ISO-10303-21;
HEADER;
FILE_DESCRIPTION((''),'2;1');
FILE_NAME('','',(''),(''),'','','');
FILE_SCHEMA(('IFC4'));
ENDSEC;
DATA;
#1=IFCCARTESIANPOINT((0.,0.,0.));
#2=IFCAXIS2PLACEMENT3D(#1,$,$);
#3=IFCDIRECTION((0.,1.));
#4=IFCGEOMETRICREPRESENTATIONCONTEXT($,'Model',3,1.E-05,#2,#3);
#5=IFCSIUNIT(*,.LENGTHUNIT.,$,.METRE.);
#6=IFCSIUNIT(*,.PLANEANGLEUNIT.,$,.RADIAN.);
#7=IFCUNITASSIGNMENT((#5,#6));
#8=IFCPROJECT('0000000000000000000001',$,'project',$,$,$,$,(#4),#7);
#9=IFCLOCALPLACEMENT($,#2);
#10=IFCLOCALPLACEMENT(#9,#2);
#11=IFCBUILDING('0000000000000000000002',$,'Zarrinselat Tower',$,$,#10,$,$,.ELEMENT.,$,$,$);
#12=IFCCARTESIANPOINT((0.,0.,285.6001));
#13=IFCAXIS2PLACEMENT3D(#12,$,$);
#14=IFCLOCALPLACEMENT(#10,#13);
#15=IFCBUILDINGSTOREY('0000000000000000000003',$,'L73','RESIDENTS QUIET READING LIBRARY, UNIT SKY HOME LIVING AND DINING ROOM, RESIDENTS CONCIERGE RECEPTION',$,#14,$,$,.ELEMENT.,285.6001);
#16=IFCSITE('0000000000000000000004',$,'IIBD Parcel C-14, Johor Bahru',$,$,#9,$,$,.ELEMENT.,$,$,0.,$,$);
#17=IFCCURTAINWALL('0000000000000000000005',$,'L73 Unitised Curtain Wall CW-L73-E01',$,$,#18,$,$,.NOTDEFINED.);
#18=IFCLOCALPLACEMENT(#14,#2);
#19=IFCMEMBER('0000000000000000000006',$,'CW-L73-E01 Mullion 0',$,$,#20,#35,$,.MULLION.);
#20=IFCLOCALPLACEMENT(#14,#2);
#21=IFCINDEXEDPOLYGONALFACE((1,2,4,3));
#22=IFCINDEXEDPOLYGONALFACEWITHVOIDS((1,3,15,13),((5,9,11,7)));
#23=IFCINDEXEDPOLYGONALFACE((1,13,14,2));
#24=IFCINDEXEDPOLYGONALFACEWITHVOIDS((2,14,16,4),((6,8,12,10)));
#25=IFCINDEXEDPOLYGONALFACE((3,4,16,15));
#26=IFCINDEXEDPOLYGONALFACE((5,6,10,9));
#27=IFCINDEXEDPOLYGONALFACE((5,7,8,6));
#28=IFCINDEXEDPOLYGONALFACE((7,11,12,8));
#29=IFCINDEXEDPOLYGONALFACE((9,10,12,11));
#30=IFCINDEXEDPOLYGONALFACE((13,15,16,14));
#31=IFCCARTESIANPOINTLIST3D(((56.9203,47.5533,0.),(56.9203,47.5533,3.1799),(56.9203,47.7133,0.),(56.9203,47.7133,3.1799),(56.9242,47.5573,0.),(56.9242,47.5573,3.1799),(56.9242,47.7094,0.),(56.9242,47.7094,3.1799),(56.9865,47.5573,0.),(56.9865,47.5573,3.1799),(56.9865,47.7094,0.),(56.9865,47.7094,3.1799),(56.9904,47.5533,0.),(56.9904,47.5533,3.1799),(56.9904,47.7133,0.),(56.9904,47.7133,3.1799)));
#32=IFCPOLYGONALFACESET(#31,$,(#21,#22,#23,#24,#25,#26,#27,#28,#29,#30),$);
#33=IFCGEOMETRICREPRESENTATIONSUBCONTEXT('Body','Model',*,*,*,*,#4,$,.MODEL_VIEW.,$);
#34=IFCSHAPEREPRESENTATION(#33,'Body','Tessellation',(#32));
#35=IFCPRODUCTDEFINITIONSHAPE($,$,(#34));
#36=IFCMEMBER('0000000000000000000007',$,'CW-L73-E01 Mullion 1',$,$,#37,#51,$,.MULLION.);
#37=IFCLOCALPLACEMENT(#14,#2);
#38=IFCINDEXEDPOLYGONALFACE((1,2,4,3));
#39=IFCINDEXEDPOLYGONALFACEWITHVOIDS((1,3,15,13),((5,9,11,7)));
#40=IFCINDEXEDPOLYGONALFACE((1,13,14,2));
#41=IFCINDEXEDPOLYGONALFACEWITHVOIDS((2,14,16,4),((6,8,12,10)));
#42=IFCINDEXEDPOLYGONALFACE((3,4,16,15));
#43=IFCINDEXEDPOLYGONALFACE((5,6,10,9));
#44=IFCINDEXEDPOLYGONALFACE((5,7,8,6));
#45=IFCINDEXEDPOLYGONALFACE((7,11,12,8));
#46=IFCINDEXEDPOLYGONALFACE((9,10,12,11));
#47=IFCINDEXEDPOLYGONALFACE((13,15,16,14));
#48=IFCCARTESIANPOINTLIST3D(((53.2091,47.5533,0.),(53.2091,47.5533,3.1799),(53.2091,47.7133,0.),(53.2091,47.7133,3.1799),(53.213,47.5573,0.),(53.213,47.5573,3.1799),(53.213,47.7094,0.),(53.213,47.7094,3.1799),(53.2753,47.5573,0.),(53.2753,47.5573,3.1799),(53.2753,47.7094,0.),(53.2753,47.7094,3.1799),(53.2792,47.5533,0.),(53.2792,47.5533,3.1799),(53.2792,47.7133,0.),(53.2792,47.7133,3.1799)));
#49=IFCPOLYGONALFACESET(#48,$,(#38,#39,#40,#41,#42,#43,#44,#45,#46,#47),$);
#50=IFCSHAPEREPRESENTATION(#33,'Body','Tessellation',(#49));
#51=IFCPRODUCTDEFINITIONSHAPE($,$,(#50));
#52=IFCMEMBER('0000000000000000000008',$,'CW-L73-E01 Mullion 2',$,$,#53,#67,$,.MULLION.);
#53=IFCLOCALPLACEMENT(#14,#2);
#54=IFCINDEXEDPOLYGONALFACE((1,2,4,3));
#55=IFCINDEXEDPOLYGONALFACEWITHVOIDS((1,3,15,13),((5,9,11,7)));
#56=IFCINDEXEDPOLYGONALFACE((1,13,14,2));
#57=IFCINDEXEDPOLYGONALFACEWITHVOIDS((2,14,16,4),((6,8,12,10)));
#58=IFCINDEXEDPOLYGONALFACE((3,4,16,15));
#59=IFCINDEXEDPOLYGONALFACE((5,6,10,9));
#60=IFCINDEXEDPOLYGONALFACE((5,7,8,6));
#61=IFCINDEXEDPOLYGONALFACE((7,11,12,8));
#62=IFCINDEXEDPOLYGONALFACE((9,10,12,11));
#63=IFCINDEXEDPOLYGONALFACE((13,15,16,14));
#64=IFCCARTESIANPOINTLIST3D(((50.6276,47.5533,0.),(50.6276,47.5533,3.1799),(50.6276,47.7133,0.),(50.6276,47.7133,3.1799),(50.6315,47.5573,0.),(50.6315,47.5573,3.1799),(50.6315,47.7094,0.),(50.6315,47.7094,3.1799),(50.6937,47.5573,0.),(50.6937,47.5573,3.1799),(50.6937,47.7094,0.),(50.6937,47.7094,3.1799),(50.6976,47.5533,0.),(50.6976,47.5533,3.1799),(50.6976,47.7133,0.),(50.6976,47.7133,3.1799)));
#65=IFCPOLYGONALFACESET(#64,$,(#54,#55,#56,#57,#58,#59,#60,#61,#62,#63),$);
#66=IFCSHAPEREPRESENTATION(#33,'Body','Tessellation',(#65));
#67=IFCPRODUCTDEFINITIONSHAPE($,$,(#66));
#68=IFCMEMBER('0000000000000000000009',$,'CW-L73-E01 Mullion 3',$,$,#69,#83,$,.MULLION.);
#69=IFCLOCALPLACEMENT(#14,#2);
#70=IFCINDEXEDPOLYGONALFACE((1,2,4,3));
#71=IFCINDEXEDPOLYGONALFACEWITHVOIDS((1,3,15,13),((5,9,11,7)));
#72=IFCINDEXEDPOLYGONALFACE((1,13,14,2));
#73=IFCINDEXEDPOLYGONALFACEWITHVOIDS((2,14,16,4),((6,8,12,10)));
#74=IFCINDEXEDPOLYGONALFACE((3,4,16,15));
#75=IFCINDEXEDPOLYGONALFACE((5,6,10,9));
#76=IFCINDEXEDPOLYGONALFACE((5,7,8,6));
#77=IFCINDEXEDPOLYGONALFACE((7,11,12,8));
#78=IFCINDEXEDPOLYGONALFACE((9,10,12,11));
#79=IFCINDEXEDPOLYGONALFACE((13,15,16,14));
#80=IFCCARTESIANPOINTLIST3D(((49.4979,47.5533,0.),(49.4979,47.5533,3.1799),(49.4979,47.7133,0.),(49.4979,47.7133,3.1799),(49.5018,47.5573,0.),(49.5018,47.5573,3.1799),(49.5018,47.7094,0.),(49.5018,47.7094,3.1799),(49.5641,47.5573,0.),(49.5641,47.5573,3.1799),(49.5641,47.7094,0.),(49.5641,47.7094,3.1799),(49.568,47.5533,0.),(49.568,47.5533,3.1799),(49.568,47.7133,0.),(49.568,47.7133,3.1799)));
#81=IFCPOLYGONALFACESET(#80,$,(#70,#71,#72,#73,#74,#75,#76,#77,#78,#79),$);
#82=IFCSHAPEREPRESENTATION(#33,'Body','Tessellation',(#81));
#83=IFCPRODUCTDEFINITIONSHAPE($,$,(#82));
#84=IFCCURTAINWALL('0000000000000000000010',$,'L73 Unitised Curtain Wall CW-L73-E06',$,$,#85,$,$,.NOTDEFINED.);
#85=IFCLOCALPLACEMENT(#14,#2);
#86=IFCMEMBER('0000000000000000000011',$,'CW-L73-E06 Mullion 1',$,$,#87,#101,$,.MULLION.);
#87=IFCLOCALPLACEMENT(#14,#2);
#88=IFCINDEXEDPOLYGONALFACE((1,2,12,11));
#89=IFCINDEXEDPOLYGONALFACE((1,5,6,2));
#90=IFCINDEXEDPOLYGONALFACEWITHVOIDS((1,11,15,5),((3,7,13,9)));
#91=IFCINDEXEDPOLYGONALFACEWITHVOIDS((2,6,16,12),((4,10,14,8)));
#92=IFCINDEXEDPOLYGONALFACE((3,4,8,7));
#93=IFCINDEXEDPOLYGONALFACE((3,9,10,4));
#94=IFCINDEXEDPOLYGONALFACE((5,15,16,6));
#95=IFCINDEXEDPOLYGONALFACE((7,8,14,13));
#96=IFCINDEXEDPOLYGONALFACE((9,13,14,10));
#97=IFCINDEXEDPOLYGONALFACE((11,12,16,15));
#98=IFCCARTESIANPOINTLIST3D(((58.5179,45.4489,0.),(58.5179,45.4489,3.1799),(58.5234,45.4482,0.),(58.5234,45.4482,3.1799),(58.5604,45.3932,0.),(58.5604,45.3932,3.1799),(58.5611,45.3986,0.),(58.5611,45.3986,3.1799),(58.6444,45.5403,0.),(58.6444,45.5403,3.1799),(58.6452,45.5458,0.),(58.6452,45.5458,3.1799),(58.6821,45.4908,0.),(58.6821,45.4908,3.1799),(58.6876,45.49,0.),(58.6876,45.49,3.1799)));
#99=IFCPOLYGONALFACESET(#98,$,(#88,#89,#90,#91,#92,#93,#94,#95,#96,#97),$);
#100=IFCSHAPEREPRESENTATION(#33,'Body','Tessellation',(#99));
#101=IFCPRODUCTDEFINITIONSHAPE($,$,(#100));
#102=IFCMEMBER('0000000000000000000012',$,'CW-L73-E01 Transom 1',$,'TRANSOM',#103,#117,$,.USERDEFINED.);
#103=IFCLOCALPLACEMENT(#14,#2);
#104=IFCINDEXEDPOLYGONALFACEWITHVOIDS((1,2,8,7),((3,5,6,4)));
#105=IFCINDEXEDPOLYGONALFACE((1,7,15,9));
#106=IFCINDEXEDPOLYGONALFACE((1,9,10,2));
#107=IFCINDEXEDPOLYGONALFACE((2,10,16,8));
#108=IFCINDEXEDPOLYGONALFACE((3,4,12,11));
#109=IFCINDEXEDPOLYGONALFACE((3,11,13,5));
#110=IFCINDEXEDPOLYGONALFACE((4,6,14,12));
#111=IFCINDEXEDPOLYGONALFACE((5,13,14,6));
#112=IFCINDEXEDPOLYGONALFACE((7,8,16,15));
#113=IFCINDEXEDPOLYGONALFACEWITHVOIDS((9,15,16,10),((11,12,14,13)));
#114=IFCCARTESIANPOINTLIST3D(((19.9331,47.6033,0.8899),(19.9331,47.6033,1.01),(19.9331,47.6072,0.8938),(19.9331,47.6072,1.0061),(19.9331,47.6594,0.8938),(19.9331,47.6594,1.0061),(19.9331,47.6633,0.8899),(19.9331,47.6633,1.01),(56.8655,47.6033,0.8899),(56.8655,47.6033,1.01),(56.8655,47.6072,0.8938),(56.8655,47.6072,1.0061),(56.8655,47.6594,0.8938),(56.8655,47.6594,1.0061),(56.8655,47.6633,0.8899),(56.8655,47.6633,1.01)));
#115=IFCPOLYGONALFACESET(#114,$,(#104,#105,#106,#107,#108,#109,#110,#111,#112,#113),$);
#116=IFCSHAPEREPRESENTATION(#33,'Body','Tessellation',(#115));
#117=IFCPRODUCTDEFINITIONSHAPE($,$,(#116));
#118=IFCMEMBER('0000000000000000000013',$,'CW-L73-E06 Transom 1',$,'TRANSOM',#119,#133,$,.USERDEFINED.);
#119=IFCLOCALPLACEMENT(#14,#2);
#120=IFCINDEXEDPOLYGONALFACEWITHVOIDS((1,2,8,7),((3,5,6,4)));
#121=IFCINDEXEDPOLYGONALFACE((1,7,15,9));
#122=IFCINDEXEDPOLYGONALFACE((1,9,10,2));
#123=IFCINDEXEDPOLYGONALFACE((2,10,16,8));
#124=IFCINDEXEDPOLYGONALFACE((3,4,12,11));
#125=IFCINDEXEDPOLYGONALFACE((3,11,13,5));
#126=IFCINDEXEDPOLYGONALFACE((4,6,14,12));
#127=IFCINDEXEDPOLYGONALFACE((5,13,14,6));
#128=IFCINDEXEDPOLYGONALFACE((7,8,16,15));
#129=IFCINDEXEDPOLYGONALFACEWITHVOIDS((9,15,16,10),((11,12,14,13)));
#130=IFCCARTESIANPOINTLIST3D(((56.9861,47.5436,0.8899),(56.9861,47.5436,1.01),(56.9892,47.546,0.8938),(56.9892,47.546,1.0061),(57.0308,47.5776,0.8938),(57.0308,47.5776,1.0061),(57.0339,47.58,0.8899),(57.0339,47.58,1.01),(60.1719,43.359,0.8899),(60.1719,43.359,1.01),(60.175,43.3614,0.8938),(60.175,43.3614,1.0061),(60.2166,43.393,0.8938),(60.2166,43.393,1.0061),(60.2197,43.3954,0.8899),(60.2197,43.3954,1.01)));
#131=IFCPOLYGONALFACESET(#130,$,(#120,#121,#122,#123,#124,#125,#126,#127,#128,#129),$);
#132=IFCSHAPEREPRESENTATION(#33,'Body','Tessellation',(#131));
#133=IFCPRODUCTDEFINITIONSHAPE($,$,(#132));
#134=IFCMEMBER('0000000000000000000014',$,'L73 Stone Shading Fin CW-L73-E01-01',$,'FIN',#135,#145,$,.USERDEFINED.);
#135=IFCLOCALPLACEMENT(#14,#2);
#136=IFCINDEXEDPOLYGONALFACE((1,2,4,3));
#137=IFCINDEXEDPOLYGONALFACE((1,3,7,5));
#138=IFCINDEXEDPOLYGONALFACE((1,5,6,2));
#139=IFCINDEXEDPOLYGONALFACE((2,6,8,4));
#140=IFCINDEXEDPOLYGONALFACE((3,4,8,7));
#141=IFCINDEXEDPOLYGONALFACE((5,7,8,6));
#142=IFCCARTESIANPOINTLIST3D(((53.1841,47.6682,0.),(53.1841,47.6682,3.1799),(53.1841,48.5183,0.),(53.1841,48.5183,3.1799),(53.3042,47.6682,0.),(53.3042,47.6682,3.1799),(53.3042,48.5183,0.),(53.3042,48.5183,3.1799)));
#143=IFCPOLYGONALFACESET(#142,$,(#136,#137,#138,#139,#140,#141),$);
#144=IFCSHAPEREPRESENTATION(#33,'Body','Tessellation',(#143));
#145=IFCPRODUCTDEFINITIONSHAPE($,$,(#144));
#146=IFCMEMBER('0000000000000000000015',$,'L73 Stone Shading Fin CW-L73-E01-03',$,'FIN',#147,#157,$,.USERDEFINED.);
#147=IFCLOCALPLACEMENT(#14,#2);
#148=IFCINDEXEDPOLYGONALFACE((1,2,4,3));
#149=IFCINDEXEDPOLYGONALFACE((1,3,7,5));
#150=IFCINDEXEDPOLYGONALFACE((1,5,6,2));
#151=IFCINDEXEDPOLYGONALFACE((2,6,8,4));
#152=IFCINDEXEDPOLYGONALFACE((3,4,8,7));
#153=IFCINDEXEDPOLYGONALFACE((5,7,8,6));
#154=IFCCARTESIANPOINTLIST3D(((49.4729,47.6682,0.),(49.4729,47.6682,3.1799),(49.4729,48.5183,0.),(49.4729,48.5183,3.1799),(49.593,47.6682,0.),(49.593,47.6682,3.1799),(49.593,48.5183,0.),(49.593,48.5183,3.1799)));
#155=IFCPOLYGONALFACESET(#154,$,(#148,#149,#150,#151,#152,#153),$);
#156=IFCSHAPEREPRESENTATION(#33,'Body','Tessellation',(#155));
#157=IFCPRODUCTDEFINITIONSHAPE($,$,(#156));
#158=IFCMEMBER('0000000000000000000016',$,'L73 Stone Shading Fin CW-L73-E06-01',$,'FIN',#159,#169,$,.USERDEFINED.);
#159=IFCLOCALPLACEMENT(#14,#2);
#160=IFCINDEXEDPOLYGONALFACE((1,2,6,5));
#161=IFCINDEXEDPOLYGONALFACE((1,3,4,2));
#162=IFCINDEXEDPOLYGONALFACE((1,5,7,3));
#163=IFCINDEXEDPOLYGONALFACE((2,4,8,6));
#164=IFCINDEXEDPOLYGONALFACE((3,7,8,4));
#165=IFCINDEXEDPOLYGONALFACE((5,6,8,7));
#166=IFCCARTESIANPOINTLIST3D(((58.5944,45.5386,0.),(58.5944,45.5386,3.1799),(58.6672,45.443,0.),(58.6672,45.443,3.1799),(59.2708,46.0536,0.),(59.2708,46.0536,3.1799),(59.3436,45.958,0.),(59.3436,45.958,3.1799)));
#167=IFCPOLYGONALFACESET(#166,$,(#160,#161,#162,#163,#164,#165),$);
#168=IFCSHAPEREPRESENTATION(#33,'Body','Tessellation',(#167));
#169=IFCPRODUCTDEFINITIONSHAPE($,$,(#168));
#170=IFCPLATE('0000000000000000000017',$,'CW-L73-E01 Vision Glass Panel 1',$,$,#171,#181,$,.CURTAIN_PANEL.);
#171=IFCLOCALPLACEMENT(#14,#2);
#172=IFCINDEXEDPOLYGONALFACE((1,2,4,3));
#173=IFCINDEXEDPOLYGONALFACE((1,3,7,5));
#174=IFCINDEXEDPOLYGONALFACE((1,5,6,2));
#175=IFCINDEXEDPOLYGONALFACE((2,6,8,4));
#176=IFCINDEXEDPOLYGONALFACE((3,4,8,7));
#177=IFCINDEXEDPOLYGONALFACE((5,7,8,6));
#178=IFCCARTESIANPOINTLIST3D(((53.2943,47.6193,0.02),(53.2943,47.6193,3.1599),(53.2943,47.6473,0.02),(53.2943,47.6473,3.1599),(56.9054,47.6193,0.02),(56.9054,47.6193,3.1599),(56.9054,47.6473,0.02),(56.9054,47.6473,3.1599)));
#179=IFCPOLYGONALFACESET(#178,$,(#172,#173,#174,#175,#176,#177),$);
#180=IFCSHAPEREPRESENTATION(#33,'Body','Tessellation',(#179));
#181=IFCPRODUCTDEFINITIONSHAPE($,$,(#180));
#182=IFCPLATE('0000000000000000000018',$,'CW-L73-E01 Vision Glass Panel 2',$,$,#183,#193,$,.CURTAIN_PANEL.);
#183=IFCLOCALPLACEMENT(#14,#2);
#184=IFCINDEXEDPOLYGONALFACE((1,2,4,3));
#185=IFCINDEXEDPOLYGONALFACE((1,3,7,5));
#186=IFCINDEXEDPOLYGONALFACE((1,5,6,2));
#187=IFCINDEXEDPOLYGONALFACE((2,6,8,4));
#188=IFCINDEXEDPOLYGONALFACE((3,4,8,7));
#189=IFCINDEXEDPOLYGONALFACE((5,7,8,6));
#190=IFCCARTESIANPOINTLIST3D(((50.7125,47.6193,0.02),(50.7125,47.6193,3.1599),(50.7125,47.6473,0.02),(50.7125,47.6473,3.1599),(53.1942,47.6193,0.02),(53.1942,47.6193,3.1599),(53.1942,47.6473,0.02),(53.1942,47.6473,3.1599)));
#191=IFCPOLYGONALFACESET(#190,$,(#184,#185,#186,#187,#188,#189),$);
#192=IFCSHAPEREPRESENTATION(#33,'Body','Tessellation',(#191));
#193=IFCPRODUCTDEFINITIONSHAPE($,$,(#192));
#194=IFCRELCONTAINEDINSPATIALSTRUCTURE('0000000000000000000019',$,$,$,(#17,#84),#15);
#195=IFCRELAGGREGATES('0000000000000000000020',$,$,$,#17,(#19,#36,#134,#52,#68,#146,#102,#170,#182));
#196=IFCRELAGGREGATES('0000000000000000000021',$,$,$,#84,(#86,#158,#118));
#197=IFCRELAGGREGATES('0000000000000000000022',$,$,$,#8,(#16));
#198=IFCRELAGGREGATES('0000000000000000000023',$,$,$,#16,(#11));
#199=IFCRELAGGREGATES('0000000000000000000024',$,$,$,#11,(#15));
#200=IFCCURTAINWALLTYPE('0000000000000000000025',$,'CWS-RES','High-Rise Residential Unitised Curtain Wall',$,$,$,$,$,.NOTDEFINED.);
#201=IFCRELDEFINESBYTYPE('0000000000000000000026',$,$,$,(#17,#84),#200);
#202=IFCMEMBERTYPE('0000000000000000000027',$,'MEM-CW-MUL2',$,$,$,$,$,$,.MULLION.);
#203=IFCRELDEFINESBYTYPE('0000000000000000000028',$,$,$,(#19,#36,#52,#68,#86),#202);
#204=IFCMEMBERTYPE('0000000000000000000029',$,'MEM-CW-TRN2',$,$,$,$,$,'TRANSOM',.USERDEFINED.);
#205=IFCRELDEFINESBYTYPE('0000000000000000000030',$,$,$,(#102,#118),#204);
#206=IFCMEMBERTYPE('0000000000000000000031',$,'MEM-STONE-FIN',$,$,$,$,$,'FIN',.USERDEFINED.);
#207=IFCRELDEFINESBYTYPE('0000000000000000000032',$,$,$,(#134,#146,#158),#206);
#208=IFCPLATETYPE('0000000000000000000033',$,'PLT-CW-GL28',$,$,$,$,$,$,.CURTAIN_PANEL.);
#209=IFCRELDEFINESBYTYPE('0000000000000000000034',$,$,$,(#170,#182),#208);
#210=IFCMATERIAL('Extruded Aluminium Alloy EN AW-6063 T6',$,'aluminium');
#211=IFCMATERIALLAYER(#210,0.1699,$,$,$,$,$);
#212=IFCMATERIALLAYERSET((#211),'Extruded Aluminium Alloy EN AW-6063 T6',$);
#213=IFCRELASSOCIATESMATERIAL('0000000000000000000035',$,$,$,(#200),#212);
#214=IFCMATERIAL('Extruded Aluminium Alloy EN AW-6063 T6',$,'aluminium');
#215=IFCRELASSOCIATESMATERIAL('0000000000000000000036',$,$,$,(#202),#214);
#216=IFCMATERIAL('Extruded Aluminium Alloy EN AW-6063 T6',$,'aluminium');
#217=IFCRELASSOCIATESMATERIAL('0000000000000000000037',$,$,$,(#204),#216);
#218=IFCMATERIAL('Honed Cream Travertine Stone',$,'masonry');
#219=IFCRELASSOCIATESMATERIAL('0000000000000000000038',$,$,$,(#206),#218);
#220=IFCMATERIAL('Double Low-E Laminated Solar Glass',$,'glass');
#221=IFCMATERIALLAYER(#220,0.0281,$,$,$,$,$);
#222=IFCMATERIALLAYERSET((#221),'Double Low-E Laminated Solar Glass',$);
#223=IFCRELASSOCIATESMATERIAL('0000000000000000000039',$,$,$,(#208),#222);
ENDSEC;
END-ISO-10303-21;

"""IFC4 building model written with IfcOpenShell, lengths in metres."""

from ifc_helpers import new_model, si_unit, direction, frame, origin, origin_2d, place, context, subcontext, project, spatial, rectangle, hollow_rectangle, extrude, material, layer, layer_set, material_profile, profile_set, type_object, element, aggregate, save


model = new_model("IFC4")

# Units and contexts
model_context = context("Model", 3, precision=1e-05, world=origin(), true_north=direction((0.0, 1.0)))
body_context = subcontext(model_context, "Body", "Model", "MODEL_VIEW")
ifc_project = project(units=[si_unit("LENGTHUNIT", "METRE"), si_unit("PLANEANGLEUNIT", "RADIAN")], contexts=[model_context])

# Site, building, storey
site_placement = place(None, origin())
site = spatial("IfcSite", under=ifc_project, at=site_placement, Name="IIBD Parcel C-14, Johor Bahru", CompositionType="ELEMENT", RefElevation=0.0)
building_placement = place(site_placement, origin())
building = spatial("IfcBuilding", under=site, at=building_placement, Name="Zarrinselat Tower", CompositionType="ELEMENT")
storey_placement = place(building_placement, frame((0.0, 0.0, 285.6001)))
storey = spatial("IfcBuildingStorey", under=building, at=storey_placement, Name="L73", Description="RESIDENTS QUIET READING LIBRARY, UNIT SKY HOME LIVING AND DINING ROOM, RESIDENTS CONCIERGE RECEPTION", CompositionType="ELEMENT", Elevation=285.6001)

# Curtain wall, members
ifc_material_1 = material(Name="Extruded Aluminium Alloy EN AW-6063 T6", Category="aluminium")
ifc_layer_1 = layer(ifc_material_1, 0.1699)
ifc_layer_set_1 = layer_set([ifc_layer_1], Name="Extruded Aluminium Alloy EN AW-6063 T6")
curtain_wall_type_1 = type_object("IfcCurtainWallType", Name="CWS-RES", Description="High-Rise Residential Unitised Curtain Wall", PredefinedType="NOTDEFINED", material=ifc_layer_set_1)
curtain_wall_1_placement = place(storey_placement, origin())
curtain_wall_1 = element("IfcCurtainWall", 1, at=curtain_wall_1_placement, inside=storey, type_object=curtain_wall_type_1, Name="L73 Unitised Curtain Wall CW-L73-E01", PredefinedType="NOTDEFINED")
ifc_material_2 = material(Name="Extruded Aluminium Alloy EN AW-6063 T6", Category="aluminium")
ifc_material_profile_1 = material_profile(ifc_material_2, hollow_rectangle(XDim=0.0701, YDim=0.1599, WallThickness=0.0039, at=origin_2d()), Name="RHS 160x70x4")
ifc_profile_set_1 = profile_set([ifc_material_profile_1], Name="Extruded Aluminium Alloy EN AW-6063 T6")
member_type_1 = type_object("IfcMemberType", Name="MEM-CW-MUL2", PredefinedType="MULLION", material=ifc_profile_set_1)
member_1_placement = place(storey_placement, frame((56.9553, 47.6333, 0.0), z_axis=(0.0, 0.0, 1.0), x_axis=(-1.0, 0.0, 0.0)))
member_1 = element("IfcMember", 2, at=member_1_placement, type_object=member_type_1, Name="CW-L73-E01 Mullion 0", PredefinedType="MULLION", context=body_context, shape_type="SweptSolid", body=[
    extrude(hollow_rectangle(XDim=0.0701, YDim=0.1599, WallThickness=0.0039, at=origin_2d()), origin(), (0.0, 0.0, 1.0), 3.1799),
])
member_2_placement = place(storey_placement, frame((53.2441, 47.6333, 0.0), z_axis=(0.0, 0.0, 1.0), x_axis=(-1.0, 0.0, 0.0)))
member_2 = element("IfcMember", 3, at=member_2_placement, type_object=member_type_1, Name="CW-L73-E01 Mullion 1", PredefinedType="MULLION", context=body_context, shape_type="SweptSolid", body=[
    extrude(hollow_rectangle(XDim=0.0701, YDim=0.1599, WallThickness=0.0039, at=origin_2d()), origin(), (0.0, 0.0, 1.0), 3.1799),
])
member_3_placement = place(storey_placement, frame((50.6626, 47.6333, 0.0), z_axis=(0.0, 0.0, 1.0), x_axis=(-1.0, 0.0, 0.0)))
member_3 = element("IfcMember", 4, at=member_3_placement, type_object=member_type_1, Name="CW-L73-E01 Mullion 2", PredefinedType="MULLION", context=body_context, shape_type="SweptSolid", body=[
    extrude(hollow_rectangle(XDim=0.0701, YDim=0.1599, WallThickness=0.0039, at=origin_2d()), origin(), (0.0, 0.0, 1.0), 3.1799),
])
member_4_placement = place(storey_placement, frame((49.533, 47.6333, 0.0), z_axis=(0.0, 0.0, 1.0), x_axis=(-1.0, 0.0, 0.0)))
member_4 = element("IfcMember", 5, at=member_4_placement, type_object=member_type_1, Name="CW-L73-E01 Mullion 3", PredefinedType="MULLION", context=body_context, shape_type="SweptSolid", body=[
    extrude(hollow_rectangle(XDim=0.0701, YDim=0.1599, WallThickness=0.0039, at=origin_2d()), origin(), (0.0, 0.0, 1.0), 3.1799),
])

# Curtain wall, member
curtain_wall_2_placement = place(storey_placement, origin())
curtain_wall_2 = element("IfcCurtainWall", 6, at=curtain_wall_2_placement, inside=storey, type_object=curtain_wall_type_1, Name="L73 Unitised Curtain Wall CW-L73-E06", PredefinedType="NOTDEFINED")
member_5_placement = place(storey_placement, frame((58.6028, 45.4695, 0.0), z_axis=(0.0, 0.0, 1.0), x_axis=(-0.605773, 0.795637, 0.0)))
member_5 = element("IfcMember", 7, at=member_5_placement, type_object=member_type_1, Name="CW-L73-E06 Mullion 1", PredefinedType="MULLION", context=body_context, shape_type="SweptSolid", body=[
    extrude(hollow_rectangle(XDim=0.0701, YDim=0.1599, WallThickness=0.0039, at=origin_2d()), origin(), (0.0, 0.0, 1.0), 3.1799),
])

# Members
ifc_material_3 = material(Name="Extruded Aluminium Alloy EN AW-6063 T6", Category="aluminium")
ifc_material_profile_2 = material_profile(ifc_material_3, hollow_rectangle(XDim=0.0601, YDim=0.1201, WallThickness=0.0039, at=origin_2d()), Name="RHS 120x60x4")
ifc_profile_set_2 = profile_set([ifc_material_profile_2], Name="Extruded Aluminium Alloy EN AW-6063 T6")
member_type_2 = type_object("IfcMemberType", Name="MEM-CW-TRN2", ElementType="TRANSOM", PredefinedType="USERDEFINED", material=ifc_profile_set_2)
member_6_placement = place(storey_placement, frame((56.8655, 47.6333, 0.95), z_axis=(-1.0, 0.0, 0.0), x_axis=(0.0, -1.0, 0.0)))
member_6 = element("IfcMember", 8, at=member_6_placement, type_object=member_type_2, Name="CW-L73-E01 Transom 1", ObjectType="TRANSOM", PredefinedType="USERDEFINED", context=body_context, shape_type="SweptSolid", body=[
    extrude(hollow_rectangle(XDim=0.0601, YDim=0.1201, WallThickness=0.0039, at=origin_2d()), origin(), (0.0, 0.0, 1.0), 36.9324),
])
member_7_placement = place(storey_placement, frame((60.1958, 43.3772, 0.95), z_axis=(-0.605748, 0.795657, 0.0), x_axis=(-0.795657, -0.605748, 0.0)))
member_7 = element("IfcMember", 9, at=member_7_placement, type_object=member_type_2, Name="CW-L73-E06 Transom 1", ObjectType="TRANSOM", PredefinedType="USERDEFINED", context=body_context, shape_type="SweptSolid", body=[
    extrude(hollow_rectangle(XDim=0.0601, YDim=0.1201, WallThickness=0.0039, at=origin_2d()), origin(), (0.0, 0.0, 1.0), 5.2593),
])
ifc_material_4 = material(Name="Honed Cream Travertine Stone", Category="masonry")
ifc_material_profile_3 = material_profile(ifc_material_4, rectangle(XDim=0.1201, YDim=0.8501, at=origin_2d()), Name="FIN 850x120")
ifc_profile_set_3 = profile_set([ifc_material_profile_3], Name="Honed Cream Travertine Stone")
member_type_3 = type_object("IfcMemberType", Name="MEM-STONE-FIN", ElementType="FIN", PredefinedType="USERDEFINED", material=ifc_profile_set_3)
member_8_placement = place(storey_placement, frame((53.2441, 48.0933, 0.0), z_axis=(0.0, 0.0, 1.0), x_axis=(1.0, 0.0, 0.0)))
member_8 = element("IfcMember", 10, at=member_8_placement, type_object=member_type_3, Name="L73 Stone Shading Fin CW-L73-E01-01", ObjectType="FIN", PredefinedType="USERDEFINED", context=body_context, shape_type="SweptSolid", body=[
    extrude(rectangle(XDim=0.1201, YDim=0.8501, at=origin_2d()), origin(), (0.0, 0.0, 1.0), 3.1799),
])
member_9_placement = place(storey_placement, frame((49.533, 48.0933, 0.0), z_axis=(0.0, 0.0, 1.0), x_axis=(1.0, 0.0, 0.0)))
member_9 = element("IfcMember", 11, at=member_9_placement, type_object=member_type_3, Name="L73 Stone Shading Fin CW-L73-E01-03", ObjectType="FIN", PredefinedType="USERDEFINED", context=body_context, shape_type="SweptSolid", body=[
    extrude(rectangle(XDim=0.1201, YDim=0.8501, at=origin_2d()), origin(), (0.0, 0.0, 1.0), 3.1799),
])
member_10_placement = place(storey_placement, frame((58.969, 45.7483, 0.0), z_axis=(0.0, 0.0, 1.0), x_axis=(0.605773, -0.795637, 0.0)))
member_10 = element("IfcMember", 12, at=member_10_placement, type_object=member_type_3, Name="L73 Stone Shading Fin CW-L73-E06-01", ObjectType="FIN", PredefinedType="USERDEFINED", context=body_context, shape_type="SweptSolid", body=[
    extrude(rectangle(XDim=0.1201, YDim=0.8501, at=origin_2d()), origin(), (0.0, 0.0, 1.0), 3.1799),
])

# Plates
ifc_material_5 = material(Name="Double Low-E Laminated Solar Glass", Category="glass")
ifc_layer_2 = layer(ifc_material_5, 0.0281)
ifc_layer_set_2 = layer_set([ifc_layer_2], Name="Double Low-E Laminated Solar Glass")
plate_type = type_object("IfcPlateType", Name="PLT-CW-GL28", PredefinedType="CURTAIN_PANEL", material=ifc_layer_set_2)
plate_1_placement = place(storey_placement, frame((55.0999, 47.6333, 0.02), z_axis=(0.0, 0.0, 1.0), x_axis=(-1.0, 0.0, 0.0)))
plate_1 = element("IfcPlate", 13, at=plate_1_placement, type_object=plate_type, Name="CW-L73-E01 Vision Glass Panel 1", PredefinedType="CURTAIN_PANEL", context=body_context, shape_type="SweptSolid", body=[
    extrude(rectangle(XDim=3.6111, YDim=0.0281, at=origin_2d()), origin(), (0.0, 0.0, 1.0), 3.1399),
])
plate_2_placement = place(storey_placement, frame((51.9534, 47.6333, 0.02), z_axis=(0.0, 0.0, 1.0), x_axis=(-1.0, 0.0, 0.0)))
plate_2 = element("IfcPlate", 14, at=plate_2_placement, type_object=plate_type, Name="CW-L73-E01 Vision Glass Panel 2", PredefinedType="CURTAIN_PANEL", context=body_context, shape_type="SweptSolid", body=[
    extrude(rectangle(XDim=2.4817, YDim=0.0281, at=origin_2d()), origin(), (0.0, 0.0, 1.0), 3.1399),
])
aggregate(curtain_wall_1, [member_1, member_2, member_8, member_3, member_4, member_9, member_6, plate_1, plate_2])
aggregate(curtain_wall_2, [member_5, member_10, member_7])

save(model, "model.ifc")
